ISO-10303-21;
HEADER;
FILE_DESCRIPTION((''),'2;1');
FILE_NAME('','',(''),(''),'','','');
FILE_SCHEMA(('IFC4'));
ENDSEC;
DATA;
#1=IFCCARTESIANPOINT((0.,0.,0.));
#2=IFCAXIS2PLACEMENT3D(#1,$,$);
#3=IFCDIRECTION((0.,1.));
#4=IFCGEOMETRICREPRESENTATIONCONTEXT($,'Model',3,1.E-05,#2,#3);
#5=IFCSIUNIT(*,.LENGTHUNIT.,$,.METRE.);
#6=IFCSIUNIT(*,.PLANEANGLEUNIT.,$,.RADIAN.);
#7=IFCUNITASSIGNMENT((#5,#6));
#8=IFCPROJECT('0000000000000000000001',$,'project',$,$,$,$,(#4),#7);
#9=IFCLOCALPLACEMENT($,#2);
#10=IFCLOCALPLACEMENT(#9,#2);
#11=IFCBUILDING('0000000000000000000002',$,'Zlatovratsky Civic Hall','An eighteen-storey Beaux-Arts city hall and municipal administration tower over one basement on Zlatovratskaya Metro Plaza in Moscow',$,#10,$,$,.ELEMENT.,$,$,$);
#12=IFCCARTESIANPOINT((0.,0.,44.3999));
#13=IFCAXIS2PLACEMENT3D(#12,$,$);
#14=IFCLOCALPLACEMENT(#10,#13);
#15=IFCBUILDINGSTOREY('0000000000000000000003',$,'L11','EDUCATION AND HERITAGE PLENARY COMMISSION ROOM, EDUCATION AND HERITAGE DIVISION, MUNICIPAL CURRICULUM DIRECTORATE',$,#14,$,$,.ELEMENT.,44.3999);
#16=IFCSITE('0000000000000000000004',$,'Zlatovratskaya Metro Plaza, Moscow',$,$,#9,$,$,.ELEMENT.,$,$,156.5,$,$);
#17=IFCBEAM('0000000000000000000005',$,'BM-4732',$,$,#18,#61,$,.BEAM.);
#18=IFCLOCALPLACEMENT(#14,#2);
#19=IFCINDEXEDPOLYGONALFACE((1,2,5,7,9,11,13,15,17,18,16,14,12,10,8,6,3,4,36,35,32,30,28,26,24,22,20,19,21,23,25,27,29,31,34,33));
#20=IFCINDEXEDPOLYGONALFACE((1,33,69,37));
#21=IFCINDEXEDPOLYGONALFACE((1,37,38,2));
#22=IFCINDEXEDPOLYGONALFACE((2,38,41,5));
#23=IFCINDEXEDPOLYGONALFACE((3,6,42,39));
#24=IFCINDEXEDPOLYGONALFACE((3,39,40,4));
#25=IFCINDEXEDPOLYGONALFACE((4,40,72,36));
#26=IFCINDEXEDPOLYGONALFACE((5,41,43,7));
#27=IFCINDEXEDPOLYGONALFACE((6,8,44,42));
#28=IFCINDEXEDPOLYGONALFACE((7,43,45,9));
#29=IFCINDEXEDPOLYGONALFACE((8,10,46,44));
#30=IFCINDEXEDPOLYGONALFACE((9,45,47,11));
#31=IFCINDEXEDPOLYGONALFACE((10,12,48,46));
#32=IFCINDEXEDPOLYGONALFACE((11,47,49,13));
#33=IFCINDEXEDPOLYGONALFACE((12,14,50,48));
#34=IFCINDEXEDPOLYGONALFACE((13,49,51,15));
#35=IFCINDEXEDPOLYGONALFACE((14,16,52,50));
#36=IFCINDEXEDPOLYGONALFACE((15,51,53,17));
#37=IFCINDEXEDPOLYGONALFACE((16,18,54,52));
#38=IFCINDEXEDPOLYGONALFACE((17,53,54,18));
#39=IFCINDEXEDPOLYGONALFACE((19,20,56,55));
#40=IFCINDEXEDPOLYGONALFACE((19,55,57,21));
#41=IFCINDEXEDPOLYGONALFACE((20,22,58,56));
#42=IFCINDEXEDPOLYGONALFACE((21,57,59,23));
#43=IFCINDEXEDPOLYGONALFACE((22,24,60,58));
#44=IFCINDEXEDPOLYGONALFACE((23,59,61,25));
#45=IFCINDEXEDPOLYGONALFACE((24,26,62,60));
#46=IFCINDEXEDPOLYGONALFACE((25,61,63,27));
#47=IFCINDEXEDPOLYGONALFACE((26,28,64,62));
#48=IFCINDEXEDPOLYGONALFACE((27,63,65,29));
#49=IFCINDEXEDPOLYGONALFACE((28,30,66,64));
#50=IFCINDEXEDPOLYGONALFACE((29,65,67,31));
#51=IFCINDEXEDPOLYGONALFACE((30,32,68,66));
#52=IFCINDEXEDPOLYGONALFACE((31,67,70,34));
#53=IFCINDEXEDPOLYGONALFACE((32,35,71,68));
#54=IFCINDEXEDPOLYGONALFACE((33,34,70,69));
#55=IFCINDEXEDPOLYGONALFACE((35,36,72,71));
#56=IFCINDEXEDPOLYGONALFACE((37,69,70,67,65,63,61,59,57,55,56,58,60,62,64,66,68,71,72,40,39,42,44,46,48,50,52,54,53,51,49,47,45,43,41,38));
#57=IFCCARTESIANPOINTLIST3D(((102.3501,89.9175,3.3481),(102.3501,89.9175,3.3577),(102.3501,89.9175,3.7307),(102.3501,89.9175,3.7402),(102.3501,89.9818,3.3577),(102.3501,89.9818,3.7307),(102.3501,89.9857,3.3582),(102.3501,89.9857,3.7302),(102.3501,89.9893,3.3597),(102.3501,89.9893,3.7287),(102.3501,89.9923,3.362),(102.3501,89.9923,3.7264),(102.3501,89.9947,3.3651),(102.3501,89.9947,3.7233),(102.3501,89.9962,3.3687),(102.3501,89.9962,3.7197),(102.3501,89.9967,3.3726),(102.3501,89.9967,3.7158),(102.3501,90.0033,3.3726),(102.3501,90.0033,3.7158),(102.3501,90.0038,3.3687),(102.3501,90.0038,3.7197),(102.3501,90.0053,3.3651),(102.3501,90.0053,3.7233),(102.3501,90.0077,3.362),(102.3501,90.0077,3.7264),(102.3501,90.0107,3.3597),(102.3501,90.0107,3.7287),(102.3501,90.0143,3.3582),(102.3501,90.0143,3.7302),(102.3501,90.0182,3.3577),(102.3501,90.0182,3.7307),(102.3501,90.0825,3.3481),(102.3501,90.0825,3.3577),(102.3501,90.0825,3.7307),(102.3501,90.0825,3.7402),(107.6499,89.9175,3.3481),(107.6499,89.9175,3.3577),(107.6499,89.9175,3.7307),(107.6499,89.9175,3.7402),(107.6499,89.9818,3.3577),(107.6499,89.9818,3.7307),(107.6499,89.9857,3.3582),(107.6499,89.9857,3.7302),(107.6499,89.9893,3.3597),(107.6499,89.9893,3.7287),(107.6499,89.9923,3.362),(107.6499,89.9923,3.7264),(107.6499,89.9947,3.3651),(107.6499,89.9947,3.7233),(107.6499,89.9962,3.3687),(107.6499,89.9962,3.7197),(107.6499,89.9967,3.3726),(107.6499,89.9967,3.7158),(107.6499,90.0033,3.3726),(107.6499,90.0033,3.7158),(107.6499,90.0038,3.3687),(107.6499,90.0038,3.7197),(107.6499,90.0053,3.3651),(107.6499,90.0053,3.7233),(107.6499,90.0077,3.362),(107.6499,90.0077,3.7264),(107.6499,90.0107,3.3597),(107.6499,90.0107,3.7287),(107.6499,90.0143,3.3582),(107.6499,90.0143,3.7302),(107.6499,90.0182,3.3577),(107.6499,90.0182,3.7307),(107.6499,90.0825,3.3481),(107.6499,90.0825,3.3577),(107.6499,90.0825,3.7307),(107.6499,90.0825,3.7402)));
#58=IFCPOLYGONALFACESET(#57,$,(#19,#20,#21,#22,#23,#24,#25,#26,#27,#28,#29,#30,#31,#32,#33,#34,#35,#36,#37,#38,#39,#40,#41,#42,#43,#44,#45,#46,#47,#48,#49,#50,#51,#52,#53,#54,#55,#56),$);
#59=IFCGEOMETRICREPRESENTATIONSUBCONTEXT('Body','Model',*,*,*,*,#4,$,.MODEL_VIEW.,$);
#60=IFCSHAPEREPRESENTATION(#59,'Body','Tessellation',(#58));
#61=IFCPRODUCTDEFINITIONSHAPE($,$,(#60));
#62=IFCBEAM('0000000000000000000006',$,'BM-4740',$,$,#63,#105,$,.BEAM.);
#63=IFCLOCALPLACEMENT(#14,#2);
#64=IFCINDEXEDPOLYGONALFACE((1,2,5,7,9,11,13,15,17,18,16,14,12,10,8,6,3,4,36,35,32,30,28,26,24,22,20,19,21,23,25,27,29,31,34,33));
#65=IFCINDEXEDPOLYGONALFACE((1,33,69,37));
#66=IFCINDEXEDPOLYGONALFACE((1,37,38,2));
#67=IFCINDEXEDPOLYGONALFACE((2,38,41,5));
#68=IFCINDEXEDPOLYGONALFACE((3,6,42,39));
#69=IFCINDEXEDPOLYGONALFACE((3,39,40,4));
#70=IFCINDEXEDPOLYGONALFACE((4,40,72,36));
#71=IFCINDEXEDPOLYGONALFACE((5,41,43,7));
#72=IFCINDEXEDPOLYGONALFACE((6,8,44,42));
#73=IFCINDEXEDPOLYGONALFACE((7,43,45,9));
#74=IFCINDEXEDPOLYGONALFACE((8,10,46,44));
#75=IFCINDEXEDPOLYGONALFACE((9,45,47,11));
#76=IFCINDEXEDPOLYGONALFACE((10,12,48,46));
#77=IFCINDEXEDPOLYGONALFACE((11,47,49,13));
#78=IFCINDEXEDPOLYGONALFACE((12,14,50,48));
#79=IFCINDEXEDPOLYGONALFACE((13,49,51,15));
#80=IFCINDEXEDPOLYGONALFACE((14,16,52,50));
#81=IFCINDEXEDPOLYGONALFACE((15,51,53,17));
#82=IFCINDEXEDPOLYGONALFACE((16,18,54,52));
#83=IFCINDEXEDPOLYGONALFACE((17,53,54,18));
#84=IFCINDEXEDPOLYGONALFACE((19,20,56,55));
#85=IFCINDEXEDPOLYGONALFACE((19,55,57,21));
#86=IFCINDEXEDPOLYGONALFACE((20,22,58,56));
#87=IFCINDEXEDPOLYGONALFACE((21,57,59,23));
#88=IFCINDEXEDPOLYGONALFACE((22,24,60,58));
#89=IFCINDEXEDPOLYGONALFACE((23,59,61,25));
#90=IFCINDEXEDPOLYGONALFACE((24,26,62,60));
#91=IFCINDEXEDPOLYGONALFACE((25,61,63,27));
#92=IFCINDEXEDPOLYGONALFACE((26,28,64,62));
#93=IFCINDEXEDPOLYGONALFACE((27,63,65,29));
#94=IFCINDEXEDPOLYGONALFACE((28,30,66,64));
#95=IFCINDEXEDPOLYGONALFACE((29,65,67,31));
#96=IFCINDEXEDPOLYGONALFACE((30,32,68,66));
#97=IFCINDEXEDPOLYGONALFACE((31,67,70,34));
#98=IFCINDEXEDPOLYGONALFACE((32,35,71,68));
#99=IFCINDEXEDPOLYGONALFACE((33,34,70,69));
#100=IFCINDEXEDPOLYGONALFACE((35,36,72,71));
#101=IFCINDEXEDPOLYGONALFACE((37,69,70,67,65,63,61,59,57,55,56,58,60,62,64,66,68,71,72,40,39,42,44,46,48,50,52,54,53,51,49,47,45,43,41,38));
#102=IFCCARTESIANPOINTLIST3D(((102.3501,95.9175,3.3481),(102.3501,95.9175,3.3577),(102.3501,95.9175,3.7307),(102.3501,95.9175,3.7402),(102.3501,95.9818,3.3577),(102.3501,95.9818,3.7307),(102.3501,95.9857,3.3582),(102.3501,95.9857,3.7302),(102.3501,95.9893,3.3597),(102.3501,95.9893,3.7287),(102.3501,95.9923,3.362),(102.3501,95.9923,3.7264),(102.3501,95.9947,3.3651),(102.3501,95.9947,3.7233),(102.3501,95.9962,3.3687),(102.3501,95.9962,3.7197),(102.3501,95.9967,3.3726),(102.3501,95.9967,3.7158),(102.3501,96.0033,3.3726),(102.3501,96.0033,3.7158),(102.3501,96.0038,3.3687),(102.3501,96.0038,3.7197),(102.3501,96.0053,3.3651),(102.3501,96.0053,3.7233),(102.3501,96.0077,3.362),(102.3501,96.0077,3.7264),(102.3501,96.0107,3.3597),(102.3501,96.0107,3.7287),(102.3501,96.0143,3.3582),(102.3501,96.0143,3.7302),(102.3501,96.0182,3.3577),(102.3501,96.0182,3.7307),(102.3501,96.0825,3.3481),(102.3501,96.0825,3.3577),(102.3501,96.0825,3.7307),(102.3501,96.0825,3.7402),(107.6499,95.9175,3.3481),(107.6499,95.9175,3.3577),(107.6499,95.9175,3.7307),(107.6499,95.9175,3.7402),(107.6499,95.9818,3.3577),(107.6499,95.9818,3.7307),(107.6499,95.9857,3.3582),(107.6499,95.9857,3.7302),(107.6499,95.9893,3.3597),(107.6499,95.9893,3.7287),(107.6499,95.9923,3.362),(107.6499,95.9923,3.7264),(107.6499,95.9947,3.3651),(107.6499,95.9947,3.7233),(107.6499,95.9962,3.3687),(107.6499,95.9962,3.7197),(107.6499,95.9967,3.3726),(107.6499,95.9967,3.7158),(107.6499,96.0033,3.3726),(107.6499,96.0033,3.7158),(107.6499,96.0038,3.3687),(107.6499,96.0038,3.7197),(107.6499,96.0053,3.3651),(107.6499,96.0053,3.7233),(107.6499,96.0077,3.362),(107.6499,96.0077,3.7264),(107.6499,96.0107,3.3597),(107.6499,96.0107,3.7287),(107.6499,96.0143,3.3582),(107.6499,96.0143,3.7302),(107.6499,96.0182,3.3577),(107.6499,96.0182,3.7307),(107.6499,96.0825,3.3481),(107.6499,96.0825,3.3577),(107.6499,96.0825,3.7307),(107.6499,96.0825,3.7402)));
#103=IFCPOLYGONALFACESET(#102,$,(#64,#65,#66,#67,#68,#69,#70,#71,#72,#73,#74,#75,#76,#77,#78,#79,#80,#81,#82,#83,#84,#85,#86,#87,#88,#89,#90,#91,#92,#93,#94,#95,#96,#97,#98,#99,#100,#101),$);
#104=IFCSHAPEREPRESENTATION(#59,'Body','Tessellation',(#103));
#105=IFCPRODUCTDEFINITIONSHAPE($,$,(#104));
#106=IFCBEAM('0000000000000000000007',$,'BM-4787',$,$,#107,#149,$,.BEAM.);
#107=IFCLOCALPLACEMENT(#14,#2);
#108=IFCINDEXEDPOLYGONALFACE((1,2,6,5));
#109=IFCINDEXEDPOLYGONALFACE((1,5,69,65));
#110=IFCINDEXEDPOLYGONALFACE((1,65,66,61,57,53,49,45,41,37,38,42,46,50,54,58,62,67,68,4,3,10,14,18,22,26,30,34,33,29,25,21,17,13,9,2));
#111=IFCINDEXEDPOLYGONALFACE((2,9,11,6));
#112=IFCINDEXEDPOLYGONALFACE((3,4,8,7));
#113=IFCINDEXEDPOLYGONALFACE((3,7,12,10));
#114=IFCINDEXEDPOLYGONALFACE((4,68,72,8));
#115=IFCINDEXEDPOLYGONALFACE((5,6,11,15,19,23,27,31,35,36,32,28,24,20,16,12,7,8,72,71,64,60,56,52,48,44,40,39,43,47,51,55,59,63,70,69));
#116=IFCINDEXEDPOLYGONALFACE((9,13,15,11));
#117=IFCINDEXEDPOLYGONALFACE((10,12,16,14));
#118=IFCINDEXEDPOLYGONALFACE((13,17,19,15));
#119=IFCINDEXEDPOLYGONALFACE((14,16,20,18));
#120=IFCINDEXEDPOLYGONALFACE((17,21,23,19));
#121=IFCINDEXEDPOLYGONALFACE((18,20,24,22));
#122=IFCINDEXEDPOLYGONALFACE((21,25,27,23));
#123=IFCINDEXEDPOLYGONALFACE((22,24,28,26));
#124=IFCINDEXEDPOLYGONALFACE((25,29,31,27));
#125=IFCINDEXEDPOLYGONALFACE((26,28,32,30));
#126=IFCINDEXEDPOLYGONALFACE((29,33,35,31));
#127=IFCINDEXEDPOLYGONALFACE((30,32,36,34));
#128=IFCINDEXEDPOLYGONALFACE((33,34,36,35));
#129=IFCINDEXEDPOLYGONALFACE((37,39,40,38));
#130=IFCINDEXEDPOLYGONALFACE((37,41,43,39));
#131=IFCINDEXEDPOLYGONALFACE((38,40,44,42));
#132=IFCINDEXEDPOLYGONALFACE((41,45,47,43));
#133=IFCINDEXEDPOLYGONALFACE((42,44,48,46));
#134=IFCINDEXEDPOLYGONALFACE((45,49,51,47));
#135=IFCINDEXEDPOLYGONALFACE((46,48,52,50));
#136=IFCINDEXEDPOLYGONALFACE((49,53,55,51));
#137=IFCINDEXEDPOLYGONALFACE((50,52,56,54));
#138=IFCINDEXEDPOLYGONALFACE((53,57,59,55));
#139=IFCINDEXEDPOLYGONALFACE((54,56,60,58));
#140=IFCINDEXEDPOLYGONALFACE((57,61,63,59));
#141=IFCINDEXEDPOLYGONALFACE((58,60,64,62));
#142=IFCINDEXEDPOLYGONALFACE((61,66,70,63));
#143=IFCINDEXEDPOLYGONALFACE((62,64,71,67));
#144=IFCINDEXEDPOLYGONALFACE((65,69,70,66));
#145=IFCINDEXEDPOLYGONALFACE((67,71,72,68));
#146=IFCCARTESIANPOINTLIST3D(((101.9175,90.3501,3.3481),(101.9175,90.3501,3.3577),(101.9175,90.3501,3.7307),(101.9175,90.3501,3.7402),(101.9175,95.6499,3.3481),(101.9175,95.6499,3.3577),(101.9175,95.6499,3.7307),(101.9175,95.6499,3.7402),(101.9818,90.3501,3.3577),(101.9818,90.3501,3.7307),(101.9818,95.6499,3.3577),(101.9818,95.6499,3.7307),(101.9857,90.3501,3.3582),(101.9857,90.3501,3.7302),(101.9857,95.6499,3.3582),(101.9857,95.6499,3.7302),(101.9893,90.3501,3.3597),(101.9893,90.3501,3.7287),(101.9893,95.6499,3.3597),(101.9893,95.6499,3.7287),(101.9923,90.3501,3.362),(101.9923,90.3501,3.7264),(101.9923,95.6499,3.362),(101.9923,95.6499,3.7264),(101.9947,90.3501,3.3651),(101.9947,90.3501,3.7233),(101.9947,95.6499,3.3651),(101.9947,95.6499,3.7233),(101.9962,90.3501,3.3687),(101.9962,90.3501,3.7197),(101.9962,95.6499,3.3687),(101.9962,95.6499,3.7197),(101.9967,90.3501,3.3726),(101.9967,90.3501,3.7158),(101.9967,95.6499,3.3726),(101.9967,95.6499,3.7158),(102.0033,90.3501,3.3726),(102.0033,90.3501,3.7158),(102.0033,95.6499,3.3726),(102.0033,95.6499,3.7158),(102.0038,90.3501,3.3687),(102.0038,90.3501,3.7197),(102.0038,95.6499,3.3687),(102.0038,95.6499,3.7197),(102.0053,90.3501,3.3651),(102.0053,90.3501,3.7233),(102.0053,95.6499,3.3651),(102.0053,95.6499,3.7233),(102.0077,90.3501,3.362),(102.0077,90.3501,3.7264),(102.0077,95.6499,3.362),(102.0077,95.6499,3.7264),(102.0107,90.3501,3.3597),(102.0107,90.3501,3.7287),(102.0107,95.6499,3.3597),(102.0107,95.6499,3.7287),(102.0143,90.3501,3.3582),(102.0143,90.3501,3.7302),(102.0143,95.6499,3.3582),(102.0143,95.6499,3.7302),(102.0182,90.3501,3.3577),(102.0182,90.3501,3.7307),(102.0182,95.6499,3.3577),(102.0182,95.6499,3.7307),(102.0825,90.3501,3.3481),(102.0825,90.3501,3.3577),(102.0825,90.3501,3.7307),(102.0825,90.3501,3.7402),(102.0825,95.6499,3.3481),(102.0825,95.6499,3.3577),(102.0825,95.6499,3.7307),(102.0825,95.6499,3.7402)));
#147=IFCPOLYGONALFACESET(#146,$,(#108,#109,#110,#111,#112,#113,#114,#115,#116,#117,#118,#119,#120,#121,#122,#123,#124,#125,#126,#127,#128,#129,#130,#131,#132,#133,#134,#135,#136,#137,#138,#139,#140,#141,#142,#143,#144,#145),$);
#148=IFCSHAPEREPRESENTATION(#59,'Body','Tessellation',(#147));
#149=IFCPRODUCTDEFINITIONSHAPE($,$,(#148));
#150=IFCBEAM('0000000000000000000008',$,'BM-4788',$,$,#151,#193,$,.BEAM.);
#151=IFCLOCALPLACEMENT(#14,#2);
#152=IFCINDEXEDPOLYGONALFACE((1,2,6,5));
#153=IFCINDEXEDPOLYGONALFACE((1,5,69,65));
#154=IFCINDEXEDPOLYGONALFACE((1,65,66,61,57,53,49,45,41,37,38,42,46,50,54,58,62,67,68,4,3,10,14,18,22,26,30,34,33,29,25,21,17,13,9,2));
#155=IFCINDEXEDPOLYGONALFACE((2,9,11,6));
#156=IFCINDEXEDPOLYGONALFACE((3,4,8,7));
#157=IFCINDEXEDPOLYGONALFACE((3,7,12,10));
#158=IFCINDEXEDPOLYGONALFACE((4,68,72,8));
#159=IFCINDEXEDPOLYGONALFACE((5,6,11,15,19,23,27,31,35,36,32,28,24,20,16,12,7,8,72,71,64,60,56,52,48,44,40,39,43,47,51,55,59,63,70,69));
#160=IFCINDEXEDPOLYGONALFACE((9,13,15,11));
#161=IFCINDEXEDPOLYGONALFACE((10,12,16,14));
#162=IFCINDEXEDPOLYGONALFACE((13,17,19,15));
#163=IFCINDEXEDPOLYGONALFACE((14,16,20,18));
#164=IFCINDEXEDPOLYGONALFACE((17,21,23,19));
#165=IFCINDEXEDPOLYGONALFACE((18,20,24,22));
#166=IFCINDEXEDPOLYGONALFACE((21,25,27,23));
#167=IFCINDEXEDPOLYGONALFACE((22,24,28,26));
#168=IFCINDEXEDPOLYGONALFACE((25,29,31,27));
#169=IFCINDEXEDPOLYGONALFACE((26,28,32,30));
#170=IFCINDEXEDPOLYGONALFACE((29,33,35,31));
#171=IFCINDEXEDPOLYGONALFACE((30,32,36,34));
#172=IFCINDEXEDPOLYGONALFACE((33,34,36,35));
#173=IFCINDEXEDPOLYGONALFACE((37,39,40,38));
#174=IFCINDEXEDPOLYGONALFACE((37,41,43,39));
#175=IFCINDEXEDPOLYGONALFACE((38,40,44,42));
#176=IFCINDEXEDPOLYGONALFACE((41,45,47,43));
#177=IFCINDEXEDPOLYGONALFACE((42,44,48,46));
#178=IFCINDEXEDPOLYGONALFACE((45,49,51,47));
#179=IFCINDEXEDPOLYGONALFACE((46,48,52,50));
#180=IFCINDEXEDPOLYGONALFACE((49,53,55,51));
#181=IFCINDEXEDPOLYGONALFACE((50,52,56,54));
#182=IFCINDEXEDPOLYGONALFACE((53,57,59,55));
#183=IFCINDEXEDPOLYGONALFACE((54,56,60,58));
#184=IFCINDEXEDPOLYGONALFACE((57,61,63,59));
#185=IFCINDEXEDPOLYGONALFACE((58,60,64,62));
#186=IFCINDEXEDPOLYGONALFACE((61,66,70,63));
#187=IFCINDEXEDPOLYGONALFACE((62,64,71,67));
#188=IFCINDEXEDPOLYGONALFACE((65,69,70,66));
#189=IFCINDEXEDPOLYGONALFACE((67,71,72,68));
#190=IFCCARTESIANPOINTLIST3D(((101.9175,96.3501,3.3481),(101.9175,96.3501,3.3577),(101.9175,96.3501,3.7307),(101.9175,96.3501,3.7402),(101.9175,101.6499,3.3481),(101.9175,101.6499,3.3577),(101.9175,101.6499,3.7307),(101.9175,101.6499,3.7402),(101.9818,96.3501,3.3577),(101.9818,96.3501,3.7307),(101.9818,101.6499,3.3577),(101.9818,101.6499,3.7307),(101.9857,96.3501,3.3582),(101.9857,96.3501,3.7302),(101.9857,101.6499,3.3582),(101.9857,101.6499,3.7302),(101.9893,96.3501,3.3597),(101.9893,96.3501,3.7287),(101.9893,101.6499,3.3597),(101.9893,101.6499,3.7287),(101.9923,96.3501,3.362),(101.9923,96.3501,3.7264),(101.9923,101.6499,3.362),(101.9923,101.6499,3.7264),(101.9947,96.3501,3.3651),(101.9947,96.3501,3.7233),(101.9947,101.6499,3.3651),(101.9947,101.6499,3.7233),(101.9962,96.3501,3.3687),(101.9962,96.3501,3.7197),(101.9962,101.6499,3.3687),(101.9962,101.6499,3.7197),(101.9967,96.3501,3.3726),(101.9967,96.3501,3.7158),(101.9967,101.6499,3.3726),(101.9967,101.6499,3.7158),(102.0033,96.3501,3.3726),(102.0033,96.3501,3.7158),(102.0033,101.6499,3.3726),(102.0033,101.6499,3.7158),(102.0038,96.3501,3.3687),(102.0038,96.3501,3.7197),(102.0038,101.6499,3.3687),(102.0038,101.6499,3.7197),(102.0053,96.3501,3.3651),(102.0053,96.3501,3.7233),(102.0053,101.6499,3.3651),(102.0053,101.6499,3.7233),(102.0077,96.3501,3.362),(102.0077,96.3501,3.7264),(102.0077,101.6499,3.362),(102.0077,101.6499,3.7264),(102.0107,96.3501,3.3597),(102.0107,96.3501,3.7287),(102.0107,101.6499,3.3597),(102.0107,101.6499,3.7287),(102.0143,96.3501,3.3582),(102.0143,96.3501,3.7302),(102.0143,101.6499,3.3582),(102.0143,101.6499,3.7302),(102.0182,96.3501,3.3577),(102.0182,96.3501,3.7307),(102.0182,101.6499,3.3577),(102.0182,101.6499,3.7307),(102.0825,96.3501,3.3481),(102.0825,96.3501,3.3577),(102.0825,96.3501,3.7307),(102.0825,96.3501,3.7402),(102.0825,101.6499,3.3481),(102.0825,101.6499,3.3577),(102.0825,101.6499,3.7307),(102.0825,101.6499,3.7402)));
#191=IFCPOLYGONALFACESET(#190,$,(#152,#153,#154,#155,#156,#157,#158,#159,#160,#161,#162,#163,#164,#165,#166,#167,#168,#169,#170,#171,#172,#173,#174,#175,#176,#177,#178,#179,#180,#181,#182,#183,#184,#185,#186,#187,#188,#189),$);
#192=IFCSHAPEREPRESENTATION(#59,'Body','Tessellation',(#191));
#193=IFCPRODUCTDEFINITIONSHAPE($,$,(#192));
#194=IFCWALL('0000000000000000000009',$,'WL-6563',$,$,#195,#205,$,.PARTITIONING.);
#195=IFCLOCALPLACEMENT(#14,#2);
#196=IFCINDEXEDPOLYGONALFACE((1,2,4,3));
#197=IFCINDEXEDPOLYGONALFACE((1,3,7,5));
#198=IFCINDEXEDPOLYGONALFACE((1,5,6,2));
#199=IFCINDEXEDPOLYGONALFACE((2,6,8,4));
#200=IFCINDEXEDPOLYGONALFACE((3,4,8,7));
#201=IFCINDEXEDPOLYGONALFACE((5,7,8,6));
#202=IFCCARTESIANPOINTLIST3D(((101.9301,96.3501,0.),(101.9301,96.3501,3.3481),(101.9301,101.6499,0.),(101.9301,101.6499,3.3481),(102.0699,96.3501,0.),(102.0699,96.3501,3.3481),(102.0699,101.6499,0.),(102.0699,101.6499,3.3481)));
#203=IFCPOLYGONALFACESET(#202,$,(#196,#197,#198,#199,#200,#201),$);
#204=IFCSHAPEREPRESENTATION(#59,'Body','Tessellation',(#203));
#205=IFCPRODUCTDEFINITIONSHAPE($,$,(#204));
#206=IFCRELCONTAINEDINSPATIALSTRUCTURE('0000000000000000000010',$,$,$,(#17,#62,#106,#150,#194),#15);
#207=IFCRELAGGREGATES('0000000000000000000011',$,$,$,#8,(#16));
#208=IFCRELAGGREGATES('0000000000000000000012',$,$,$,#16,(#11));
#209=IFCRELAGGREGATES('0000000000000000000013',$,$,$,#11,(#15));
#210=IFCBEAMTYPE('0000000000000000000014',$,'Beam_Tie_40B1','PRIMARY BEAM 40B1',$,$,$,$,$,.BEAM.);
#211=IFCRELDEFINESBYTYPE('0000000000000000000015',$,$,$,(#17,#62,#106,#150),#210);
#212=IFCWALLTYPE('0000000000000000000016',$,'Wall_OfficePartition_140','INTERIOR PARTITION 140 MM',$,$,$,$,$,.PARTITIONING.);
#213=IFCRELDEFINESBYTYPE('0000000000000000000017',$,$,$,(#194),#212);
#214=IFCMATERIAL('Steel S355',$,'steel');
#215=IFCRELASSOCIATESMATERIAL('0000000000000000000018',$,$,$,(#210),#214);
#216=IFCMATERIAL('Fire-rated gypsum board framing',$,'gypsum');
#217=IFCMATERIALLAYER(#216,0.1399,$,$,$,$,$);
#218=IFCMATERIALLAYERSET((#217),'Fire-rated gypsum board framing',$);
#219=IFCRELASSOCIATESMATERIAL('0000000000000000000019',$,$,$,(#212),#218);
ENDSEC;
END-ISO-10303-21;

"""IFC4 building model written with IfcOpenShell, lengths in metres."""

from ifc_helpers import new_model, si_unit, direction, frame, frame_2d, origin, origin_2d, place, context, subcontext, project, spatial, rectangle, i_section, extrude, material, layer, layer_set, material_profile, profile_set, type_object, element, save


model = new_model("IFC4")

# Units and contexts
model_context = context("Model", 3, precision=1e-05, world=origin(), true_north=direction((0.0, 1.0)))
body_context = subcontext(model_context, "Body", "Model", "MODEL_VIEW")
ifc_project = project(units=[si_unit("LENGTHUNIT", "METRE"), si_unit("PLANEANGLEUNIT", "RADIAN")], contexts=[model_context])

# Site, building, storey
site_placement = place(None, origin())
site = spatial("IfcSite", under=ifc_project, at=site_placement, Name="Zlatovratskaya Metro Plaza, Moscow", CompositionType="ELEMENT", RefElevation=156.5)
building_placement = place(site_placement, origin())
building = spatial("IfcBuilding", under=site, at=building_placement, Name="Zlatovratsky Civic Hall", Description="An eighteen-storey Beaux-Arts city hall and municipal administration tower over one basement on Zlatovratskaya Metro Plaza in Moscow", CompositionType="ELEMENT")
storey_placement = place(building_placement, frame((0.0, 0.0, 44.3999)))
storey = spatial("IfcBuildingStorey", under=building, at=storey_placement, Name="L11", Description="EDUCATION AND HERITAGE PLENARY COMMISSION ROOM, EDUCATION AND HERITAGE DIVISION, MUNICIPAL CURRICULUM DIRECTORATE", CompositionType="ELEMENT", Elevation=44.3999)

# Beams
ifc_material_1 = material(Name="Steel S355", Category="steel")
ifc_material_profile_1 = material_profile(ifc_material_1, i_section(OverallWidth=0.165, OverallDepth=0.3921, WebThickness=0.0066, FlangeThickness=0.0095, FilletRadius=0.0149, at=origin_2d()), Name="40B1")
ifc_profile_set_1 = profile_set([ifc_material_profile_1], Name="Steel S355")
beam_type_1 = type_object("IfcBeamType", Name="Beam_Tie_40B1", Description="PRIMARY BEAM 40B1", PredefinedType="BEAM", material=ifc_profile_set_1)
for number, where, z_axis, x_axis, name in (
    (1, (102.3501, 90.0, 3.5442), (1.0, 0.0, 0.0), (0.0, 1.0, 0.0), "BM-4732"),
    (2, (102.3501, 96.0, 3.5442), (1.0, 0.0, 0.0), (0.0, 1.0, 0.0), "BM-4740"),
    (3, (102.0, 90.3501, 3.5442), (0.0, 1.0, 0.0), (-1.0, 0.0, 0.0), "BM-4787"),
    (4, (102.0, 96.3501, 3.5442), (0.0, 1.0, 0.0), (-1.0, 0.0, 0.0), "BM-4788"),
):
    element("IfcBeam", number, at=place(storey_placement, frame(where, z_axis=z_axis, x_axis=x_axis)), inside=storey, type_object=beam_type_1, Name=name, PredefinedType="BEAM", context=body_context, shape_type="SweptSolid", body=[
        extrude(i_section(OverallWidth=0.165, OverallDepth=0.3921, WebThickness=0.0066, FlangeThickness=0.0095, FilletRadius=0.0149, at=origin_2d()), origin(), (0.0, 0.0, 1.0), 5.2998),
    ])

# Wall
ifc_material_2 = material(Name="Fire-rated gypsum board framing", Category="gypsum")
ifc_layer_1 = layer(ifc_material_2, 0.1399)
ifc_layer_set_1 = layer_set([ifc_layer_1], Name="Fire-rated gypsum board framing")
wall_type_1 = type_object("IfcWallType", Name="Wall_OfficePartition_140", Description="INTERIOR PARTITION 140 MM", PredefinedType="PARTITIONING", material=ifc_layer_set_1)
wall_1_placement = place(storey_placement, frame((102.0, 96.3501, 0.0), z_axis=(0.0, 0.0, 1.0), x_axis=(0.0, 1.0, 0.0)))
element("IfcWall", 5, at=wall_1_placement, inside=storey, type_object=wall_type_1, Name="WL-6563", PredefinedType="PARTITIONING", context=body_context, shape_type="SweptSolid", body=[
    extrude(rectangle(XDim=5.2998, YDim=0.1399, at=frame_2d((2.6499, 0.0))), origin(), (0.0, 0.0, 1.0), 3.3481),
])

save(model, "model.ifc")
